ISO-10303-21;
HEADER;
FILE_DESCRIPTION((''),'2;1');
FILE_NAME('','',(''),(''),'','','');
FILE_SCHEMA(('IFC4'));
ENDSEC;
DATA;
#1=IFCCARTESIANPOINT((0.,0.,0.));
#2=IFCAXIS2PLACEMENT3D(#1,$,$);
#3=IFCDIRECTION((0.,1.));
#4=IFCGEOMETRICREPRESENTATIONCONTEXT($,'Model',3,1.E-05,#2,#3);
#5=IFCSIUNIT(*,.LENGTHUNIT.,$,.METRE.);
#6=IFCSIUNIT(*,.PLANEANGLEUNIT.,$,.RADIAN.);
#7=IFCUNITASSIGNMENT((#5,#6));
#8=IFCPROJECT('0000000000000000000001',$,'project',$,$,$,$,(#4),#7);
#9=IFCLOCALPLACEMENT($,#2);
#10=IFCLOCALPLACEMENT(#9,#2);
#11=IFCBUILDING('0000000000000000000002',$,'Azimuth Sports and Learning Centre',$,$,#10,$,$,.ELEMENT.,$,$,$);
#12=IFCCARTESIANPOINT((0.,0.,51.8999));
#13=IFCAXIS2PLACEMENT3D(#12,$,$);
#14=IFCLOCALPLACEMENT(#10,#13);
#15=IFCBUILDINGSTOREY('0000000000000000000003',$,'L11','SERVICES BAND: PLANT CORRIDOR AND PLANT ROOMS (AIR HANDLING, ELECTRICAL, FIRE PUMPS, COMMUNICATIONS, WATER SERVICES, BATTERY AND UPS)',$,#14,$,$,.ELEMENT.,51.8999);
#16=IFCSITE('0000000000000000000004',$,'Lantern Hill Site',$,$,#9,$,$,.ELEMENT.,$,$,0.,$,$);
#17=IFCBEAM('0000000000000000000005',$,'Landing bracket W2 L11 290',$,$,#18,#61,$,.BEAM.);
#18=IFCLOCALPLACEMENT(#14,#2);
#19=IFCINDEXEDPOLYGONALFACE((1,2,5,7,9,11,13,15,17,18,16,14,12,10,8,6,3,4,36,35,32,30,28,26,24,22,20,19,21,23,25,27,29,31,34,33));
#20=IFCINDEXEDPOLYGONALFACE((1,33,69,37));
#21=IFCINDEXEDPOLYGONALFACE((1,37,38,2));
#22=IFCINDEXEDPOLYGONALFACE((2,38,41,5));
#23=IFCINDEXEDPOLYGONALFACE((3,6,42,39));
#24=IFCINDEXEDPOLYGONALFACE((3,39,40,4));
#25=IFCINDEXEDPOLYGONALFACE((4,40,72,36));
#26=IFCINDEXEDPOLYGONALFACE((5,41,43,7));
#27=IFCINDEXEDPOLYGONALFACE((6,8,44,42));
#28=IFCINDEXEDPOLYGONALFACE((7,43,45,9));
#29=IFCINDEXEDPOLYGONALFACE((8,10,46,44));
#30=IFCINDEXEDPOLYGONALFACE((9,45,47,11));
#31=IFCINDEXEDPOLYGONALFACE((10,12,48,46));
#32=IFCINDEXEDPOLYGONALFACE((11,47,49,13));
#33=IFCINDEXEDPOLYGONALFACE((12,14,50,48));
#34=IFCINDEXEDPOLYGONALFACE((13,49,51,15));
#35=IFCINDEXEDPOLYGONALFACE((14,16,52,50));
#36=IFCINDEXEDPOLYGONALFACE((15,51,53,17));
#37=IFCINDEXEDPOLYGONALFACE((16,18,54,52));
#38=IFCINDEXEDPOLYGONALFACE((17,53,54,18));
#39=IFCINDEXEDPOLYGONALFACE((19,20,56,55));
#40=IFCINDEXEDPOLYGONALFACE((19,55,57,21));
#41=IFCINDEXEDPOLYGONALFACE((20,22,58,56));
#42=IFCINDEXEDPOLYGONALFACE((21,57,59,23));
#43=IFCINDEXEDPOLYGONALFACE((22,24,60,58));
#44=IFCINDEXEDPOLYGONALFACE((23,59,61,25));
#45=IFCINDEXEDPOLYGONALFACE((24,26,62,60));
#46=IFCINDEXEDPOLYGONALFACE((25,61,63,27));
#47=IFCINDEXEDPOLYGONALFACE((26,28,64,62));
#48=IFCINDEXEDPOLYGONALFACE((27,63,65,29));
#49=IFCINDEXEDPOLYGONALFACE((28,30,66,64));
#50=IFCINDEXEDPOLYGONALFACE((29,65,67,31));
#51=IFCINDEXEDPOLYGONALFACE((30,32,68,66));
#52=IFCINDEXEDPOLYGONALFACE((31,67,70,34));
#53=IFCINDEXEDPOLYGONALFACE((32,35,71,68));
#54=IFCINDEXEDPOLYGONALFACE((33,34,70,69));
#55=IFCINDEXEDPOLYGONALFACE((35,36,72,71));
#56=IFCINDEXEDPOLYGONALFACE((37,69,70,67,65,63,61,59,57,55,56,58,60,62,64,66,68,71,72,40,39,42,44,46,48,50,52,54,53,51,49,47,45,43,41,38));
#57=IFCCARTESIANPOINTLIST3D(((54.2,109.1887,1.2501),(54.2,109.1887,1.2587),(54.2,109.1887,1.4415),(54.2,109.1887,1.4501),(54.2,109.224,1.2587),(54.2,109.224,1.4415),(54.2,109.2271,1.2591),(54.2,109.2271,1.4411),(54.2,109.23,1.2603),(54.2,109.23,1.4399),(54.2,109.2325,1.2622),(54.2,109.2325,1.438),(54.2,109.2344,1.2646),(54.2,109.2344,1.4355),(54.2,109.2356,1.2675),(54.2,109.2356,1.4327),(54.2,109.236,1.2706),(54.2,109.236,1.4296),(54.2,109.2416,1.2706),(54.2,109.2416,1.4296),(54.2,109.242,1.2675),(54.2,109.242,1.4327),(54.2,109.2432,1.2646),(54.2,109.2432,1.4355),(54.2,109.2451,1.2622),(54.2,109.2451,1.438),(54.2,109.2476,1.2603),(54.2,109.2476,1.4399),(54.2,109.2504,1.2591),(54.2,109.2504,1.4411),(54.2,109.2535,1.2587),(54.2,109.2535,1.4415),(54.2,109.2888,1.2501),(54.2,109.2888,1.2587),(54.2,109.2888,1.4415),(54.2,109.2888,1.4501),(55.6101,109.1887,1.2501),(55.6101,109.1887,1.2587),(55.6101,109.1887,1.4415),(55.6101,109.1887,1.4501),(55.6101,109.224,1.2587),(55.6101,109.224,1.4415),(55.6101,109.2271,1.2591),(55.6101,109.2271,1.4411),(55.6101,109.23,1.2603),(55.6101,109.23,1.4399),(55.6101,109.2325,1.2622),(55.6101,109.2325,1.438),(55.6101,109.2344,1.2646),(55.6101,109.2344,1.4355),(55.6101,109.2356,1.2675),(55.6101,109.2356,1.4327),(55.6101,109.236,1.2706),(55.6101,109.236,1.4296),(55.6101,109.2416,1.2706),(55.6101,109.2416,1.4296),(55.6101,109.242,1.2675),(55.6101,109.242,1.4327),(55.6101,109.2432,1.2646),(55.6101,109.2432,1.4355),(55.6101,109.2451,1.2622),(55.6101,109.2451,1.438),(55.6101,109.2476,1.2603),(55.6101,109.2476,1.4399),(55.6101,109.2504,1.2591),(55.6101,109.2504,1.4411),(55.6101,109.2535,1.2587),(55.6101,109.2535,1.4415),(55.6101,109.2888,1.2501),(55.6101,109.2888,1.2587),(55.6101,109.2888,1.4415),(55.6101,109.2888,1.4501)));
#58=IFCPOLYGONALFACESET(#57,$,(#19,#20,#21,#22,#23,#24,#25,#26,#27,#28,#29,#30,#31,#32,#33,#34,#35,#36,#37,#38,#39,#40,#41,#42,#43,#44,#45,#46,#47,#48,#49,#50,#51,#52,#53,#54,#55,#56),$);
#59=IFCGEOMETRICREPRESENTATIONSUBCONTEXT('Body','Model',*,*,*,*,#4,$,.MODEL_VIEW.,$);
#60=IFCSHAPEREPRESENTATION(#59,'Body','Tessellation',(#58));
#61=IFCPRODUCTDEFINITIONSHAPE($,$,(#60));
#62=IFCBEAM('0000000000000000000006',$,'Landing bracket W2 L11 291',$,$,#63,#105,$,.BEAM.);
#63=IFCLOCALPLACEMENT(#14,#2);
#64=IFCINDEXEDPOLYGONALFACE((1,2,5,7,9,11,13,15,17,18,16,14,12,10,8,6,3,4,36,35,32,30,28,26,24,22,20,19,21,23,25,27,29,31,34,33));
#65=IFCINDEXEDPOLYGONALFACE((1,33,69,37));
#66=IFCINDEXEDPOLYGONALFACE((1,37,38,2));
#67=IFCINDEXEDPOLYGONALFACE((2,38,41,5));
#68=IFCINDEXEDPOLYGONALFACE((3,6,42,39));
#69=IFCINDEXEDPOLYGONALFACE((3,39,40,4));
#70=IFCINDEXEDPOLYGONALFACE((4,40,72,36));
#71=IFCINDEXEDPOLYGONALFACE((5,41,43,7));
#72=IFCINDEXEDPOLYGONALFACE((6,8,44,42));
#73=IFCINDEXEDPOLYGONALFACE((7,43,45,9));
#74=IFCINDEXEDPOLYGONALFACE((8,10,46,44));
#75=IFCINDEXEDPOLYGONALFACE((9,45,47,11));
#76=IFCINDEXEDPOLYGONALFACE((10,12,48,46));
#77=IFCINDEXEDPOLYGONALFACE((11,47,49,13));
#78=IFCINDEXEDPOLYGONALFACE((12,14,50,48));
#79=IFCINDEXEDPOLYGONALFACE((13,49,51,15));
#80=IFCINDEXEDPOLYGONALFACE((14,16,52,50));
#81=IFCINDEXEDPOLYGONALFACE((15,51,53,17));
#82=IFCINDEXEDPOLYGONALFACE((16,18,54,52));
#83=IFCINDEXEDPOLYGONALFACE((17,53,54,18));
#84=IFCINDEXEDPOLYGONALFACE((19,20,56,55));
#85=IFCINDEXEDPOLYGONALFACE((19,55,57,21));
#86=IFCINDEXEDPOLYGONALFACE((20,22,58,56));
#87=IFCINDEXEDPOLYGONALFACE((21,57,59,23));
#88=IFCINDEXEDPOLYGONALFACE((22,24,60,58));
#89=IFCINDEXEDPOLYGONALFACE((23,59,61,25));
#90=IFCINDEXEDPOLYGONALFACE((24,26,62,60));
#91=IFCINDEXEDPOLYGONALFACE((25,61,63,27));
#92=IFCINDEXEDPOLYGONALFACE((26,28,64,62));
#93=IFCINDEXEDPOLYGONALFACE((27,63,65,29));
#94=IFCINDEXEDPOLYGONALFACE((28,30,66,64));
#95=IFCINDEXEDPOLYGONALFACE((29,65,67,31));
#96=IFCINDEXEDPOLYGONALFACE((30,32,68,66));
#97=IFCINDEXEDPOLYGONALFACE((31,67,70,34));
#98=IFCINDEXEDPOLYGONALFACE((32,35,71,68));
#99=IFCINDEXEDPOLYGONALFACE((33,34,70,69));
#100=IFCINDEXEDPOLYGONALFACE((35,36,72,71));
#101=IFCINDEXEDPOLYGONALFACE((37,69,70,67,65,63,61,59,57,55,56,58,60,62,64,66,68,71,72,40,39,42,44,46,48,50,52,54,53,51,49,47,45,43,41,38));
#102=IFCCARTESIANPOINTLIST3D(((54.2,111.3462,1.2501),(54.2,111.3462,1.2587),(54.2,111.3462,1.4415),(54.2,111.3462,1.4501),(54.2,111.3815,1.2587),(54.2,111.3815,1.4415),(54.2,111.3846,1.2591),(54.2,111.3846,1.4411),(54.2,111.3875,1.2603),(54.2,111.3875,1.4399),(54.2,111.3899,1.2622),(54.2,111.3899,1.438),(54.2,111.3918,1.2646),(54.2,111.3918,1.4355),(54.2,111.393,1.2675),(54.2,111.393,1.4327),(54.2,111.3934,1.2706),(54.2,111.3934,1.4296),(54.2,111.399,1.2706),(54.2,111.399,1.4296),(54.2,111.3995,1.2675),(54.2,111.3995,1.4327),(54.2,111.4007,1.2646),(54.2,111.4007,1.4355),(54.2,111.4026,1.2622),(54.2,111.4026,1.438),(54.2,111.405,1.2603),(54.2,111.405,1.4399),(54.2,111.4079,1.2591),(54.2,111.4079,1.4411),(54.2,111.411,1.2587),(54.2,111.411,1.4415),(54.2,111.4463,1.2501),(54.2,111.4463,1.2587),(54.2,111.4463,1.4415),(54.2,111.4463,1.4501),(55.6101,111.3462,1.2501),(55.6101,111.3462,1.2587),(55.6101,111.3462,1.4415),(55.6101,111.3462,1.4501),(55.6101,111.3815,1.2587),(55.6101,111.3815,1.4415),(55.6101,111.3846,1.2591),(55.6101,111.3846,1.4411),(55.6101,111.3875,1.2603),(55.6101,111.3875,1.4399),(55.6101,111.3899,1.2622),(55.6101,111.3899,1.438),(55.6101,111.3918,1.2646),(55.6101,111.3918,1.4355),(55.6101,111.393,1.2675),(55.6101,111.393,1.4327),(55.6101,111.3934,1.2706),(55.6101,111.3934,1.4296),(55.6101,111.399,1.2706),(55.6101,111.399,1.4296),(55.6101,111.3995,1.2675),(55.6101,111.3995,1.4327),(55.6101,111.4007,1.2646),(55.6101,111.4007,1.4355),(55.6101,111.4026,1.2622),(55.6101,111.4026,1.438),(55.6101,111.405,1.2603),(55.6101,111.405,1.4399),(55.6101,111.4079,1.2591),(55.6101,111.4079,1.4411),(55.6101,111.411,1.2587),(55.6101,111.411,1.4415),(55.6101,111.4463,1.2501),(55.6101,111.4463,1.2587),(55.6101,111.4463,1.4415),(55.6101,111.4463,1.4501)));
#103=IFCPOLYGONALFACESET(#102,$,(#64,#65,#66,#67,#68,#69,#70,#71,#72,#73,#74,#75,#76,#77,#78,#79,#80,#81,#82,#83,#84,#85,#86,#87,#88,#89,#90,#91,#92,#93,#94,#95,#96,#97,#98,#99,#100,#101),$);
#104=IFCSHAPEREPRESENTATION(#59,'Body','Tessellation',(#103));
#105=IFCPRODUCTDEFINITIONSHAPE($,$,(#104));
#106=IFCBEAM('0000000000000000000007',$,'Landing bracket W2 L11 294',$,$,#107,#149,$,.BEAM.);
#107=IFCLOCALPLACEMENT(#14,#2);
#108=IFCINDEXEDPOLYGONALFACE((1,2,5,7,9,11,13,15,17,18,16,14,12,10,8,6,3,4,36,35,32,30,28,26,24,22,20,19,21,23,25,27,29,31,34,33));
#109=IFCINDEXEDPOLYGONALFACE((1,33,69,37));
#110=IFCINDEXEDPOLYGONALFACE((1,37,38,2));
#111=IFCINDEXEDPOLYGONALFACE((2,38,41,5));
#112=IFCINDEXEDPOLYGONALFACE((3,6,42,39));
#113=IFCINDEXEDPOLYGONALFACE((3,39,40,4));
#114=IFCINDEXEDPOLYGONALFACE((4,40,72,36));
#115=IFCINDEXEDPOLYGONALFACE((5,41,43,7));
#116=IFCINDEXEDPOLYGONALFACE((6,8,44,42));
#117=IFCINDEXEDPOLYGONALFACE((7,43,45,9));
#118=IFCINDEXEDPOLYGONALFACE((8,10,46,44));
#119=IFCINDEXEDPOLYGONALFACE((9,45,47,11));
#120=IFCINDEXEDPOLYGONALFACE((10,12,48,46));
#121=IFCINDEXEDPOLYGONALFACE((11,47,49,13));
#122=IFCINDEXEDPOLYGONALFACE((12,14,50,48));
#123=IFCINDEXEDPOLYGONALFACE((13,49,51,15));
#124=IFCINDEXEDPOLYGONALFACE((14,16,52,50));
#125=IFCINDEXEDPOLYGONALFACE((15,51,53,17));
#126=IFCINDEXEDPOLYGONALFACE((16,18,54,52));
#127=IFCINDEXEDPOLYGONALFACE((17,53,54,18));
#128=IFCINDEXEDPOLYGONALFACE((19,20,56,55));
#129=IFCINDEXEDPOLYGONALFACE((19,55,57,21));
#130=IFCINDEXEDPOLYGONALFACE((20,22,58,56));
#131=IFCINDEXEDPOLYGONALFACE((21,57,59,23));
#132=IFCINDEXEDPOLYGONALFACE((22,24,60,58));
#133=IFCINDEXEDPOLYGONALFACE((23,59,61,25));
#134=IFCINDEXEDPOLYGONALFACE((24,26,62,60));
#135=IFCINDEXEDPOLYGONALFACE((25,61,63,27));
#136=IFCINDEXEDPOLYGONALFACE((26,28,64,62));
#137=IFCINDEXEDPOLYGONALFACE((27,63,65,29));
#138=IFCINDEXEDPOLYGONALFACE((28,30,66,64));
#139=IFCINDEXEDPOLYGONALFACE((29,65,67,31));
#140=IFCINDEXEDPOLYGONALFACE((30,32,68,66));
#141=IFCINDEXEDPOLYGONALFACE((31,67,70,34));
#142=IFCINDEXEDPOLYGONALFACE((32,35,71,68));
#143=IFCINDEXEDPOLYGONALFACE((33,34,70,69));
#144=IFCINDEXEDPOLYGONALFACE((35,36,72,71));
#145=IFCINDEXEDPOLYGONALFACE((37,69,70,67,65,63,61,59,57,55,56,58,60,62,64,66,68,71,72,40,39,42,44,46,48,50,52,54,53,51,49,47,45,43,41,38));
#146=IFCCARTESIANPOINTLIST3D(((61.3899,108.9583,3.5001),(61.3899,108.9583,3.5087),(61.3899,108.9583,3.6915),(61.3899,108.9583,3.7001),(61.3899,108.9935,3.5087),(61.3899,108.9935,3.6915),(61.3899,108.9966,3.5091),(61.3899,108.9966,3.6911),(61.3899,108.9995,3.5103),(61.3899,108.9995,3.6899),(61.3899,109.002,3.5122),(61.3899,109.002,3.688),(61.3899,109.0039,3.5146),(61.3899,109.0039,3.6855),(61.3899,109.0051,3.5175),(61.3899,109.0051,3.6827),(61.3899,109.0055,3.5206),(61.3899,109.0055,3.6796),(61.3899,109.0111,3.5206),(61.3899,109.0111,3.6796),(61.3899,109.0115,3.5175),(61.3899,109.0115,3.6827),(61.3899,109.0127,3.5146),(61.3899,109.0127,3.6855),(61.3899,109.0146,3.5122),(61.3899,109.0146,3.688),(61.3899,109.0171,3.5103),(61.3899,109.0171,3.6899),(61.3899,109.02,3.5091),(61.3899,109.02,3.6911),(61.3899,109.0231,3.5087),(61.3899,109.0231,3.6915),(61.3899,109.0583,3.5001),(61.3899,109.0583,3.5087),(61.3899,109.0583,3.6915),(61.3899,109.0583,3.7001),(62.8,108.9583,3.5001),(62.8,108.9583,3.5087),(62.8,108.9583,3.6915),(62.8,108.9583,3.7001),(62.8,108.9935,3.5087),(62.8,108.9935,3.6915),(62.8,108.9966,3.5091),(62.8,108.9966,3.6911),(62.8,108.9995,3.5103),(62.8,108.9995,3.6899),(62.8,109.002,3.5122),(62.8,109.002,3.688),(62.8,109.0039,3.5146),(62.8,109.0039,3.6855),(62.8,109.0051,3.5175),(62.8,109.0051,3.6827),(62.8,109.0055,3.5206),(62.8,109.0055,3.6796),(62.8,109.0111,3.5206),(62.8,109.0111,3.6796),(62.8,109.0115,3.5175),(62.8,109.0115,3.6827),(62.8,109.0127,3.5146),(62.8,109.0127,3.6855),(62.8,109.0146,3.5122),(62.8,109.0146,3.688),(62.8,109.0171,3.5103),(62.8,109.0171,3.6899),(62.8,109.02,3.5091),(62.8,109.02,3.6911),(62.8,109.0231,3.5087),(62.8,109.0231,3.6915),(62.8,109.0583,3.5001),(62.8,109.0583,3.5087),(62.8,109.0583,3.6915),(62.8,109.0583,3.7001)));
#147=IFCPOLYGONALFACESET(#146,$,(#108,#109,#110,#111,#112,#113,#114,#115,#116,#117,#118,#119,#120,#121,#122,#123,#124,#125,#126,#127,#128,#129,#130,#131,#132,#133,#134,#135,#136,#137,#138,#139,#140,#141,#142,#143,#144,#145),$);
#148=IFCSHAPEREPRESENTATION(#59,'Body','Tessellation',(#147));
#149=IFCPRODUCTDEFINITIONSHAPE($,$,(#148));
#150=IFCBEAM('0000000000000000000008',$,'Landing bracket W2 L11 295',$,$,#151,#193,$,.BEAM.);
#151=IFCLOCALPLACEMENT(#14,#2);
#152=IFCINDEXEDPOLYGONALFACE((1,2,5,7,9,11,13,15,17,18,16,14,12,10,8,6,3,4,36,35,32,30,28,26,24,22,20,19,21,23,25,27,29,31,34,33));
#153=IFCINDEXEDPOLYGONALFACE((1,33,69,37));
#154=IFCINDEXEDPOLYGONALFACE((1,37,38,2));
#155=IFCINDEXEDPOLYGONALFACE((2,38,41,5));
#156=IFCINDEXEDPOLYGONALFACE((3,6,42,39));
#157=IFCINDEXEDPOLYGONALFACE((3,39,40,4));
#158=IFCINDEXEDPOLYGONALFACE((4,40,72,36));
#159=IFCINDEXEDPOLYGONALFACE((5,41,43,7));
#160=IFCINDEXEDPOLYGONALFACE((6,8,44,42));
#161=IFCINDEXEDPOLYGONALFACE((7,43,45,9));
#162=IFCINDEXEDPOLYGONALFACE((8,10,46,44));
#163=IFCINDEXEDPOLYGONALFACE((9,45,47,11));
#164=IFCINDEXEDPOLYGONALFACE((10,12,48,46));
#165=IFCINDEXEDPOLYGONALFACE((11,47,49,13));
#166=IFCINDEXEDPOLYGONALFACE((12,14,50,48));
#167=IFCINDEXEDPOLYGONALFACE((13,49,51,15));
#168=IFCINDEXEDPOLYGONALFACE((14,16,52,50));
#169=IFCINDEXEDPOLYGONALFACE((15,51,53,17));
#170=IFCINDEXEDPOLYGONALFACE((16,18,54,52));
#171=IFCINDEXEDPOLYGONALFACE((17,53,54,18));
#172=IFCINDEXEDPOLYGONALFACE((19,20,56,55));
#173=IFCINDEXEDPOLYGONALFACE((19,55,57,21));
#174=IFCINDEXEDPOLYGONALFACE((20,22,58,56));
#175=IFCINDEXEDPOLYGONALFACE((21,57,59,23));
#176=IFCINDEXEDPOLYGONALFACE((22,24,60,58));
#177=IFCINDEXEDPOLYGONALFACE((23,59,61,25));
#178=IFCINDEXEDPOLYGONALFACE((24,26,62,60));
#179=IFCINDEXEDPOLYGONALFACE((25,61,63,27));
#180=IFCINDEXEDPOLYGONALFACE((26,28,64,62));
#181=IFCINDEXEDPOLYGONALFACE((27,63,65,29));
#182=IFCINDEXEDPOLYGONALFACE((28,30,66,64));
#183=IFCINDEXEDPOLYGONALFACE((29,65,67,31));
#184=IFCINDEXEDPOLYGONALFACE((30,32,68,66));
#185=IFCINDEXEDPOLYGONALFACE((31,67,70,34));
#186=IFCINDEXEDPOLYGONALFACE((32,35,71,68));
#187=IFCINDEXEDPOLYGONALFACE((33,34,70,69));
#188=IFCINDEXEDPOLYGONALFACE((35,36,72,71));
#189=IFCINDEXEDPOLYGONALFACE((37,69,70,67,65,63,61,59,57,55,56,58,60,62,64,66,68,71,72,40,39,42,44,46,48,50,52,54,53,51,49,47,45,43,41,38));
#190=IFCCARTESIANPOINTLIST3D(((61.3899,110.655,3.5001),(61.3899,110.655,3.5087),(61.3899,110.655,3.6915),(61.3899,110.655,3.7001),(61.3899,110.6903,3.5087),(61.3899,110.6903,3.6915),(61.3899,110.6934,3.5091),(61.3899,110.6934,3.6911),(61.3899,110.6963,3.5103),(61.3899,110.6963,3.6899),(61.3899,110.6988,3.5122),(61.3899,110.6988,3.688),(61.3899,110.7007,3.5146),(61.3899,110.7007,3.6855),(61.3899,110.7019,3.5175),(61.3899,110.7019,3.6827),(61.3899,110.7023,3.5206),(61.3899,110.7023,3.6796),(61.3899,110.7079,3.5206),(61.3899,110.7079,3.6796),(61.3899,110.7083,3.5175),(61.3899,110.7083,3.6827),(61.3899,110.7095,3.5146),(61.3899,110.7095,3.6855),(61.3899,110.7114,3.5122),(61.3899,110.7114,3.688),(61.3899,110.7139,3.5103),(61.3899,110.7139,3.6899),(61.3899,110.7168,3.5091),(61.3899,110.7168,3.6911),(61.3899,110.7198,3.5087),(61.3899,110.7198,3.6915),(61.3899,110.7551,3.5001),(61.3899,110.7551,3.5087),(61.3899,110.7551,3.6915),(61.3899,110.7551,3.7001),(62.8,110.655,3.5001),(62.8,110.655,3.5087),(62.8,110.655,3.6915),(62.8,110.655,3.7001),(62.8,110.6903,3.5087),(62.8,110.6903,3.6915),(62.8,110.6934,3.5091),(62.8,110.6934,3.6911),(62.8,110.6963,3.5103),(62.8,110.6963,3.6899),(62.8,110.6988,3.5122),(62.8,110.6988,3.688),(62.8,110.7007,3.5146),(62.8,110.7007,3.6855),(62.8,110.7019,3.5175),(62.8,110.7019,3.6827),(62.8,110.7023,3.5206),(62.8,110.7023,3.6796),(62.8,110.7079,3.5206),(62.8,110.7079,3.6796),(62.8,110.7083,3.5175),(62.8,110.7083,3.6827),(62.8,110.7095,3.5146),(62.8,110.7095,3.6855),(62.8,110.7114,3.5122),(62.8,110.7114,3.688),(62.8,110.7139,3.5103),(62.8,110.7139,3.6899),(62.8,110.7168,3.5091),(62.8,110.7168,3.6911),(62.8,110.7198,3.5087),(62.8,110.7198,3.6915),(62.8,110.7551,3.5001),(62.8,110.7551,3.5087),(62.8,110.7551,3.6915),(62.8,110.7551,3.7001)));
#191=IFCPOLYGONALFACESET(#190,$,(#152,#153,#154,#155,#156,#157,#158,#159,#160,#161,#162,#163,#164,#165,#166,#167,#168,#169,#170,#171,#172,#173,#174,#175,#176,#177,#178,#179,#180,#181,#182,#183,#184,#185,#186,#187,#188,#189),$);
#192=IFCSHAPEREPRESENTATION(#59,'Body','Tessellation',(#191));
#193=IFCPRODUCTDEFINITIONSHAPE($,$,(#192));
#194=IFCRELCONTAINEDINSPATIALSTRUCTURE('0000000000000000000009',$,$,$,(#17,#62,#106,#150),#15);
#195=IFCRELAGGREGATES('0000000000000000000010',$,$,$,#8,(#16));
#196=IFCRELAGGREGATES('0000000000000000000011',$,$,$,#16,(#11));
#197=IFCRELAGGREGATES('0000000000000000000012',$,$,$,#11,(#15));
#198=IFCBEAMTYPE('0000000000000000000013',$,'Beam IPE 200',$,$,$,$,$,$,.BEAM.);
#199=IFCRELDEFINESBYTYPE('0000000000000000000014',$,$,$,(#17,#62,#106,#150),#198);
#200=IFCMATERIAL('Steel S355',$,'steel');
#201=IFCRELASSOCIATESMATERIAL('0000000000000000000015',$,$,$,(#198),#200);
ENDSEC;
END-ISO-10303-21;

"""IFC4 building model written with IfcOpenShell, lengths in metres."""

from ifc_helpers import new_model, si_unit, direction, frame, origin, origin_2d, place, context, subcontext, project, spatial, i_section, extrude, material, material_profile, profile_set, type_object, element, save


model = new_model("IFC4")

# Units and contexts
model_context = context("Model", 3, precision=1e-05, world=origin(), true_north=direction((0.0, 1.0)))
body_context = subcontext(model_context, "Body", "Model", "MODEL_VIEW")
ifc_project = project(units=[si_unit("LENGTHUNIT", "METRE"), si_unit("PLANEANGLEUNIT", "RADIAN")], contexts=[model_context])

# Site, building, storey
site_placement = place(None, origin())
site = spatial("IfcSite", under=ifc_project, at=site_placement, Name="Lantern Hill Site", CompositionType="ELEMENT", RefElevation=0.0)
building_placement = place(site_placement, origin())
building = spatial("IfcBuilding", under=site, at=building_placement, Name="Azimuth Sports and Learning Centre", CompositionType="ELEMENT")
storey_placement = place(building_placement, frame((0.0, 0.0, 51.8999)))
storey = spatial("IfcBuildingStorey", under=building, at=storey_placement, Name="L11", Description="SERVICES BAND: PLANT CORRIDOR AND PLANT ROOMS (AIR HANDLING, ELECTRICAL, FIRE PUMPS, COMMUNICATIONS, WATER SERVICES, BATTERY AND UPS)", CompositionType="ELEMENT", Elevation=51.8999)

# Beams
ifc_material_1 = material(Name="Steel S355", Category="steel")
ifc_material_profile = material_profile(ifc_material_1, i_section(OverallWidth=0.1001, OverallDepth=0.2, WebThickness=0.0056, FlangeThickness=0.0085, FilletRadius=0.012, at=origin_2d()), Name="IPE 200")
ifc_profile_set = profile_set([ifc_material_profile], Name="Steel S355")
beam_type = type_object("IfcBeamType", Name="Beam IPE 200", PredefinedType="BEAM", material=ifc_profile_set)
for number, where, z_axis, x_axis, name in (
    (1, (54.2, 109.2388, 1.3501), (1.0, 0.0, 0.0), (0.0, 1.0, 0.0), "Landing bracket W2 L11 290"),
    (2, (54.2, 111.3962, 1.3501), (1.0, 0.0, 0.0), (0.0, 1.0, 0.0), "Landing bracket W2 L11 291"),
    (3, (62.8, 109.0083, 3.6001), (-1.0, 0.0, 0.0), (0.0, -1.0, 0.0), "Landing bracket W2 L11 294"),
    (4, (62.8, 110.7051, 3.6001), (-1.0, 0.0, 0.0), (0.0, -1.0, 0.0), "Landing bracket W2 L11 295"),
):
    element("IfcBeam", number, at=place(storey_placement, frame(where, z_axis=z_axis, x_axis=x_axis)), inside=storey, type_object=beam_type, Name=name, PredefinedType="BEAM", context=body_context, shape_type="SweptSolid", body=[
        extrude(i_section(OverallWidth=0.1001, OverallDepth=0.2, WebThickness=0.0056, FlangeThickness=0.0085, FilletRadius=0.012, at=origin_2d()), origin(), (0.0, 0.0, 1.0), 1.4102),
    ])

save(model, "model.ifc")
